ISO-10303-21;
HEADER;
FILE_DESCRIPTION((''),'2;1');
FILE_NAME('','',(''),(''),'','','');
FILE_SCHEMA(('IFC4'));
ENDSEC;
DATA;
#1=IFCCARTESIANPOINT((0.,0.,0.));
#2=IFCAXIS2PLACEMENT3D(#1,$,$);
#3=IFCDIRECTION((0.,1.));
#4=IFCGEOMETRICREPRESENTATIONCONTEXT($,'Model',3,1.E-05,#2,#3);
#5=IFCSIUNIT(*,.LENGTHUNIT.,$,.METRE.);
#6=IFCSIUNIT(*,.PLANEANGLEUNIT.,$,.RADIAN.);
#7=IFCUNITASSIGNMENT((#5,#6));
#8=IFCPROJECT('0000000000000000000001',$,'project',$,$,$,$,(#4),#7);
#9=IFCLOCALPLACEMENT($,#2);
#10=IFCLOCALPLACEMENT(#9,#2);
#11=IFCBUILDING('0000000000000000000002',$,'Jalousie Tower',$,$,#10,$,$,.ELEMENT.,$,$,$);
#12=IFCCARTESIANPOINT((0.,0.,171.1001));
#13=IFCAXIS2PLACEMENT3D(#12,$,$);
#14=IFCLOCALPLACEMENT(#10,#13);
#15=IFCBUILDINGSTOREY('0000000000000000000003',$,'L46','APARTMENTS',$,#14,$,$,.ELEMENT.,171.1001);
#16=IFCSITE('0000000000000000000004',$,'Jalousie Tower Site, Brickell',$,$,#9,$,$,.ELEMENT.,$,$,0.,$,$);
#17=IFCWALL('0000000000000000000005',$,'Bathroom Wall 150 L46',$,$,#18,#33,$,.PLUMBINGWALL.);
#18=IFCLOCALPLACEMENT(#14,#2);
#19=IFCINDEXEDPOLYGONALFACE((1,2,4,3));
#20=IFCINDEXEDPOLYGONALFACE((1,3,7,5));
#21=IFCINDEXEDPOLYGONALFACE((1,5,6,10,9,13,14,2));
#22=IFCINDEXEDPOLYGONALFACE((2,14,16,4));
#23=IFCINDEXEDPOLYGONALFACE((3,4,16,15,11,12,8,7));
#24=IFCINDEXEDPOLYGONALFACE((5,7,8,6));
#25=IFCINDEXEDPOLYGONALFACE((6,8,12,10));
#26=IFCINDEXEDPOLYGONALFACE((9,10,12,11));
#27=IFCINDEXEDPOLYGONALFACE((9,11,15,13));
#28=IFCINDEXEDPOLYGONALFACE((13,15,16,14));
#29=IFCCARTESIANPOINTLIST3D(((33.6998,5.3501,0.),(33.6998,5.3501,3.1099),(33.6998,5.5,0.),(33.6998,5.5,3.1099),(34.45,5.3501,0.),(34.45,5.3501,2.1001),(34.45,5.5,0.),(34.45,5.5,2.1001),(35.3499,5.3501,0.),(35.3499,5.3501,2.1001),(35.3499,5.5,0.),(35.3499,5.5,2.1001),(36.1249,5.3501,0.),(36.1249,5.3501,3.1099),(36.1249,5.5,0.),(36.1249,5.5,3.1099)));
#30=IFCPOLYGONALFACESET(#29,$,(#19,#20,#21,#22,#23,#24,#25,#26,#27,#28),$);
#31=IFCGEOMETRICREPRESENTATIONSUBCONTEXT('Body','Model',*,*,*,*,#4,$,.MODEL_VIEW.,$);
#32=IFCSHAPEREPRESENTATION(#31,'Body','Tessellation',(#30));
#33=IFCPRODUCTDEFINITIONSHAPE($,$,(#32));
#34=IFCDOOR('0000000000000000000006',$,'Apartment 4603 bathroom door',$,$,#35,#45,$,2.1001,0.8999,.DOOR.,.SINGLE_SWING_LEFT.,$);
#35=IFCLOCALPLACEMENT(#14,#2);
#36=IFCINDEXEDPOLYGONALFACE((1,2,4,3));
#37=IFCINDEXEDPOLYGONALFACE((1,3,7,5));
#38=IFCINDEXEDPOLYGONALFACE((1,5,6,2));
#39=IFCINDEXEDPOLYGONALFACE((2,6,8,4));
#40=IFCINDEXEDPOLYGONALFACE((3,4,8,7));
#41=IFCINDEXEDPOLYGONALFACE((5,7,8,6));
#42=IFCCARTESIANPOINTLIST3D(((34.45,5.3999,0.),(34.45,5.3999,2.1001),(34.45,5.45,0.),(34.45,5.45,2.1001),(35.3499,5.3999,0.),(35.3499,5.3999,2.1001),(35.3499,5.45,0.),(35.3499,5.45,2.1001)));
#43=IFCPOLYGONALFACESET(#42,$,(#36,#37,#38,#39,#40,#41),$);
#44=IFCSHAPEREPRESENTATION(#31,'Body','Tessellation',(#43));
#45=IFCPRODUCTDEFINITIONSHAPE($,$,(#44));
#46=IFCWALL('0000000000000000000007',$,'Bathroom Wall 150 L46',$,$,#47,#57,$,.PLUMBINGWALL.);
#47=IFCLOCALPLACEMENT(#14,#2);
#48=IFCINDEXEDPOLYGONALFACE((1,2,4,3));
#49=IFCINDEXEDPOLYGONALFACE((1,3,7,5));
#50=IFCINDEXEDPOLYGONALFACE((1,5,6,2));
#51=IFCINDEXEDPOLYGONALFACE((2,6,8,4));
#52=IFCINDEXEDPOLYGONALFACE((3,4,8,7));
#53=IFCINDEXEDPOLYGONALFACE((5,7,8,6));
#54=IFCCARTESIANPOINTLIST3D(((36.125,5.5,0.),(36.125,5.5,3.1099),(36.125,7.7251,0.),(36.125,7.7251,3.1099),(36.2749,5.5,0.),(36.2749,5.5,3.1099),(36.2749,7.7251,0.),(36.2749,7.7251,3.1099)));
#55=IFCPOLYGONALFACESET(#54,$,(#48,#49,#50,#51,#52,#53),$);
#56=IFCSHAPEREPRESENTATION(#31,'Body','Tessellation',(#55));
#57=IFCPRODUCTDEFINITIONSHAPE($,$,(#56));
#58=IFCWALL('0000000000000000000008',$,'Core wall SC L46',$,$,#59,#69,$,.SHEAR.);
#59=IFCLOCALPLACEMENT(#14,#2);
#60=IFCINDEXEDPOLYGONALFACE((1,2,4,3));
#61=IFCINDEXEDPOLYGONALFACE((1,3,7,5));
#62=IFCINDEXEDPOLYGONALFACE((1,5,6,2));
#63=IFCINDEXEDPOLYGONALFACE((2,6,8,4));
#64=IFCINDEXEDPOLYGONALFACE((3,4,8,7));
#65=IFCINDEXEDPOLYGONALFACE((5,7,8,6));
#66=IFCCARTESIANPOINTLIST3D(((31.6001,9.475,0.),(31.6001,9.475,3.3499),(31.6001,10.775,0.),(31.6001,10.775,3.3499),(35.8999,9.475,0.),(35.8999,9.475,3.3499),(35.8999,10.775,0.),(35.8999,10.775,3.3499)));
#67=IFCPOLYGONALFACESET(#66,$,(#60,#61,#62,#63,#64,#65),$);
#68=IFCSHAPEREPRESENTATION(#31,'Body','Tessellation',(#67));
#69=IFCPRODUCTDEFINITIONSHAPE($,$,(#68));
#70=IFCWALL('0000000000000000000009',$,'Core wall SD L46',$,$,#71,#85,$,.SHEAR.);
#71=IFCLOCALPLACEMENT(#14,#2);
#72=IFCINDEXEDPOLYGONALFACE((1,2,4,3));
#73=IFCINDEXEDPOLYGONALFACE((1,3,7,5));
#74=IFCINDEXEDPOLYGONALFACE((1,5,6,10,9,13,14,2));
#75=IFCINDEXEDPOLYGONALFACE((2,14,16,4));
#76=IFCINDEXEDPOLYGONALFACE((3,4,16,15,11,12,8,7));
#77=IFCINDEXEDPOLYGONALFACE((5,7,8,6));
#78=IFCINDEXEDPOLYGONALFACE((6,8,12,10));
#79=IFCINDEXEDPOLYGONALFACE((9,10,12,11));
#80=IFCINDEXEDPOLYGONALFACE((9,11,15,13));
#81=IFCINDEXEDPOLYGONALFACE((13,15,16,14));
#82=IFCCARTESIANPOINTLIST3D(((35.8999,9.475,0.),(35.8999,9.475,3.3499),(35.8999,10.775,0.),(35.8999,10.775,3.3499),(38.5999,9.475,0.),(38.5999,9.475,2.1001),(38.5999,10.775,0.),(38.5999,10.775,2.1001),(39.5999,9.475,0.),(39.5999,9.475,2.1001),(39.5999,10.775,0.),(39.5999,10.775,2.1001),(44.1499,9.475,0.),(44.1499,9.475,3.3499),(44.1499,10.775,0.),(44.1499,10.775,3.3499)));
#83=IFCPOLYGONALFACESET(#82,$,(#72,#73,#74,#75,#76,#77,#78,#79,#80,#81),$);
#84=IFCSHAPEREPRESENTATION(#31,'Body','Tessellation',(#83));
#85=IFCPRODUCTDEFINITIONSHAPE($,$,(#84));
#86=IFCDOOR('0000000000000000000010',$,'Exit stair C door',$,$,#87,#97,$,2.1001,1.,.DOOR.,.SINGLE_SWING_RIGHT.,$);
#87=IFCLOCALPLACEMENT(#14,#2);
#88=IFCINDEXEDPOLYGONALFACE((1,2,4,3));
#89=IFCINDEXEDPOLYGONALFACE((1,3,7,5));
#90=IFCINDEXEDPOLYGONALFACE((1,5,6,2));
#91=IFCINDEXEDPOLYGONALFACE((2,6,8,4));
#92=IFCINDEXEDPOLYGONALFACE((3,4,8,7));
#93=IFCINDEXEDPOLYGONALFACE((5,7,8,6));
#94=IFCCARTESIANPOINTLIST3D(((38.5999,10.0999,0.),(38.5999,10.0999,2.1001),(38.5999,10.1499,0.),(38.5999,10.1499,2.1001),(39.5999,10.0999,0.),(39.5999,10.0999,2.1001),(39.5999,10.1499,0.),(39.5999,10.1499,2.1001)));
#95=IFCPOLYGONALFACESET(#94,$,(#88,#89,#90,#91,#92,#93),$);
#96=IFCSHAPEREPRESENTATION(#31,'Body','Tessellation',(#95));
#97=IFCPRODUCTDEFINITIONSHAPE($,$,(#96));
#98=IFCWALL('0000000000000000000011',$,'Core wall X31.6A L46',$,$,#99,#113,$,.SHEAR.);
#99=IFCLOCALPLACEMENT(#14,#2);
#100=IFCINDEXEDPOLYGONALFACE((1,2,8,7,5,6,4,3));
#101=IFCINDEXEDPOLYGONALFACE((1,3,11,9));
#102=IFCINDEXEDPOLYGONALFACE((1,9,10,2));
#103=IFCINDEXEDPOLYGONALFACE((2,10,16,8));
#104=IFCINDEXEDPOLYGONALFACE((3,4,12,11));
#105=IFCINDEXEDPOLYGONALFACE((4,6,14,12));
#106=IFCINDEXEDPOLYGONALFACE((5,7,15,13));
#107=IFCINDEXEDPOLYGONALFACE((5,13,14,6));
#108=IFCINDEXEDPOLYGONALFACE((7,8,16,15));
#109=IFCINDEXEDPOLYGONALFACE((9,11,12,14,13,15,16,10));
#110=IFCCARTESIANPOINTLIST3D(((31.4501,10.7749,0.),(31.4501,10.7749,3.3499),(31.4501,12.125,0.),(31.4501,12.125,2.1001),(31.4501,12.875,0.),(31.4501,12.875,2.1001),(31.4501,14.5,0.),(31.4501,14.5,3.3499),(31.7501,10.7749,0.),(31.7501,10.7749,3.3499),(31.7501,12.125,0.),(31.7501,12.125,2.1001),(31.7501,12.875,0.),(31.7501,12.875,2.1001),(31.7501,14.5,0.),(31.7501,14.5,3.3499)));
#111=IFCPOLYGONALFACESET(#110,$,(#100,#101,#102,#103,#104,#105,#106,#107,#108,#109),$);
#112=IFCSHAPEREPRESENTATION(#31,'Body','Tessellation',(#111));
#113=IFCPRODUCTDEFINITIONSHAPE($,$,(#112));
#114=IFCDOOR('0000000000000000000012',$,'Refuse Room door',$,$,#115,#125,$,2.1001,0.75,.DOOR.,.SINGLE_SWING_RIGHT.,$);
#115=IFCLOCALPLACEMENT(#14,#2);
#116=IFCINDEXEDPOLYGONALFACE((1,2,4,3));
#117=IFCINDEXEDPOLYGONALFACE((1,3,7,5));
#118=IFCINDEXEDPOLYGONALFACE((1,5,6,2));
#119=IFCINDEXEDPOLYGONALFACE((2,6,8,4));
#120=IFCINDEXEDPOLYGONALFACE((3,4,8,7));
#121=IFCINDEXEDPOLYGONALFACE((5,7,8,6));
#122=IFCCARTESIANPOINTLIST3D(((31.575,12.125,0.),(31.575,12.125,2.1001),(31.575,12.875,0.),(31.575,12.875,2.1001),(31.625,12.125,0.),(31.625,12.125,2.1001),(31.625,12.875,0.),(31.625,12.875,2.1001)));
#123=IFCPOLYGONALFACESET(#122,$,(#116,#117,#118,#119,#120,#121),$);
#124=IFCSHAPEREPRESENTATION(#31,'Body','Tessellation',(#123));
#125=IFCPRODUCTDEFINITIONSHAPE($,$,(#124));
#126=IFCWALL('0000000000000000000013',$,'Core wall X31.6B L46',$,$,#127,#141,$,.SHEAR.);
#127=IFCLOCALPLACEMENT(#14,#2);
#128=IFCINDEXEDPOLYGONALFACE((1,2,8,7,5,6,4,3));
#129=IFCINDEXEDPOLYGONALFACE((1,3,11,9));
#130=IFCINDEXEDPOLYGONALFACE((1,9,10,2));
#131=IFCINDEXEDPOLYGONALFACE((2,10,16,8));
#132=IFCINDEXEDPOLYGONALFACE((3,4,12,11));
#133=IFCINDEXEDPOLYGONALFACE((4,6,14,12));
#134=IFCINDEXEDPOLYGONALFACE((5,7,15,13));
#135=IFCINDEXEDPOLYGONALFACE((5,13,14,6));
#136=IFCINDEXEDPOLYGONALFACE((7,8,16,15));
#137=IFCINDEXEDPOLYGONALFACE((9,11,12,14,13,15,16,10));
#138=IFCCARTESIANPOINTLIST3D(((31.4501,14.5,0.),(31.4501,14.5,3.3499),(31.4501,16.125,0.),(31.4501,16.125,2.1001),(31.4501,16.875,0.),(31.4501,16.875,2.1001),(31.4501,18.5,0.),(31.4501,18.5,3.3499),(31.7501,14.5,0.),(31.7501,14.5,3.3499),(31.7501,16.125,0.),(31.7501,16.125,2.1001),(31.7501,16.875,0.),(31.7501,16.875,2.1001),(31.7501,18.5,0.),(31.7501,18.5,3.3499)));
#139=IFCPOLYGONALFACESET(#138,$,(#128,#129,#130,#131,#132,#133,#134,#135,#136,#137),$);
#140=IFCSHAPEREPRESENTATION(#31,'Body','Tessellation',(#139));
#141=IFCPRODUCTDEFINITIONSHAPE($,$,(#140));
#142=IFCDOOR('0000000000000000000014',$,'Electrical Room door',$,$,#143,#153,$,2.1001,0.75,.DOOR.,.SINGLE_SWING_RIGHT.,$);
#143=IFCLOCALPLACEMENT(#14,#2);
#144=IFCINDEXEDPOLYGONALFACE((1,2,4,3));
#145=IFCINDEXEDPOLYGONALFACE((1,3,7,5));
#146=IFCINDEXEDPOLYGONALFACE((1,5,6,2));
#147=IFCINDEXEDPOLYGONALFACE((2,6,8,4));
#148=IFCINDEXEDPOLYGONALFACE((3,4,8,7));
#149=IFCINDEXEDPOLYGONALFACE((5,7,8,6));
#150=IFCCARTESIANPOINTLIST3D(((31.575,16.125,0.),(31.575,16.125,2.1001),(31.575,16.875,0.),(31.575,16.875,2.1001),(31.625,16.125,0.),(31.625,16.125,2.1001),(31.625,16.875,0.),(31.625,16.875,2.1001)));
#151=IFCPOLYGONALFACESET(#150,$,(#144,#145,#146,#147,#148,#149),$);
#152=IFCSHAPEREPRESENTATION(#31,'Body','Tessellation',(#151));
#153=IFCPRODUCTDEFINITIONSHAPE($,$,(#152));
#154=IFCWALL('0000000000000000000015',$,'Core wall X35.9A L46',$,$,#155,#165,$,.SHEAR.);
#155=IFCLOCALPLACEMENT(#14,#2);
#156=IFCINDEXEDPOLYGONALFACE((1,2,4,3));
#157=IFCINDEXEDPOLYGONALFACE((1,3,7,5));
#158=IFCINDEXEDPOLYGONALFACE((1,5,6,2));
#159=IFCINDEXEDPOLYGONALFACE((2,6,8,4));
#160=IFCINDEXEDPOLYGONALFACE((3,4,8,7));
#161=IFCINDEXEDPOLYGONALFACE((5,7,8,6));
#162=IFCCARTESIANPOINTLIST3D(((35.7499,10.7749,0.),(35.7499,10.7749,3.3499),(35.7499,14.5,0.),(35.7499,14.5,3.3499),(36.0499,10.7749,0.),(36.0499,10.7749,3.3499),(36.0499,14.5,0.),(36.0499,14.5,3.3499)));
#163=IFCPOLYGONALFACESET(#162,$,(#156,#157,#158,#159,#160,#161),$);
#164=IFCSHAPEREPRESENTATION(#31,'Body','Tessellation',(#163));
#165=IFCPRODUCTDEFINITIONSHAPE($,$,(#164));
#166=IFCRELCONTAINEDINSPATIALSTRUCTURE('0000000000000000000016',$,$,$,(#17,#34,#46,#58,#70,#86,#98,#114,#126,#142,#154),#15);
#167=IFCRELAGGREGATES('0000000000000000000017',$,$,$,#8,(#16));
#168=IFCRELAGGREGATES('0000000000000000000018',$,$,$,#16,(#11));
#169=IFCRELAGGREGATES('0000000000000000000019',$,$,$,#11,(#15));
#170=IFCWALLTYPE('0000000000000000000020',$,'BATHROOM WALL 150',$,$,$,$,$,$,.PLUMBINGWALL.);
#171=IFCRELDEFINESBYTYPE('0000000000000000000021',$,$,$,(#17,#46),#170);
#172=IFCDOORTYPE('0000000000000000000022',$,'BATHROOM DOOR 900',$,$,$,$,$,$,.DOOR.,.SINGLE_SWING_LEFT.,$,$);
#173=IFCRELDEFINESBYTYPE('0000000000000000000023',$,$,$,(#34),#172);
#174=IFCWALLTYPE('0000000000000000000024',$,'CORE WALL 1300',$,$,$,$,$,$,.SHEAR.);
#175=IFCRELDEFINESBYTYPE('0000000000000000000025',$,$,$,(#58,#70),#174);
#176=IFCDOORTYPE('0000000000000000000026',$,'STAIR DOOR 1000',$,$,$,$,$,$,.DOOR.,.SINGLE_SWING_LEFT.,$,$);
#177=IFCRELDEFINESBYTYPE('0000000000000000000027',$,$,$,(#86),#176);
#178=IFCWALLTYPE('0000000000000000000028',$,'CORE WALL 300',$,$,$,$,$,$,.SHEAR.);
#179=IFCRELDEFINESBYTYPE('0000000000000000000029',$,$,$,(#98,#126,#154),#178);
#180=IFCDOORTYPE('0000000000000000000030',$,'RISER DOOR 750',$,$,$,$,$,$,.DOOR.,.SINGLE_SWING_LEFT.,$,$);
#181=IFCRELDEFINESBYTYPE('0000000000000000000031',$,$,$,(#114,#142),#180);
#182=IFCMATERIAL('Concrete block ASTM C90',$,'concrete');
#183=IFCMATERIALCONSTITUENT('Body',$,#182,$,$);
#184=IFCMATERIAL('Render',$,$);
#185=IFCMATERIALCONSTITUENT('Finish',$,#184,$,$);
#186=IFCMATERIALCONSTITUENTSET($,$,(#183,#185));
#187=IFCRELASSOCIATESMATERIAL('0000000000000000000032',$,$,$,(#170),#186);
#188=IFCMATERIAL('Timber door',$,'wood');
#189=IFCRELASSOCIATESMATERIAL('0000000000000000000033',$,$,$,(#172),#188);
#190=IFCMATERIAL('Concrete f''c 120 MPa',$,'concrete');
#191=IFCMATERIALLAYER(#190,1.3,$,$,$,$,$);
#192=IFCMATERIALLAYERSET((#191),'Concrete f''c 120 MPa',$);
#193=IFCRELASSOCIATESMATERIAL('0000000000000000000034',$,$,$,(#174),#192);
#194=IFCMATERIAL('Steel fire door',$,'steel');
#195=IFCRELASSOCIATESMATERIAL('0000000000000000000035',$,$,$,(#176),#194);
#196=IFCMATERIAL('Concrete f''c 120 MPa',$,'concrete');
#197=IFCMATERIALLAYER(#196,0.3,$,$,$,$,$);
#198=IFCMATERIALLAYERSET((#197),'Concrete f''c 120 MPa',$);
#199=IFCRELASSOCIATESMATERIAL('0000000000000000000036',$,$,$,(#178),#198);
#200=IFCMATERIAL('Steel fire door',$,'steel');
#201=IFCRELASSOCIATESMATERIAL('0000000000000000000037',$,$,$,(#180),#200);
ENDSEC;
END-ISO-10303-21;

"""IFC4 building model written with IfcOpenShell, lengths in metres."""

from ifc_helpers import new_model, si_unit, direction, frame, frame_2d, origin, place, context, subcontext, project, spatial, rectangle, extrude, material, layer, layer_set, constituent, constituent_set, type_object, element, fill, save


model = new_model("IFC4")

# Units and contexts
model_context = context("Model", 3, precision=1e-05, world=origin(), true_north=direction((0.0, 1.0)))
body_context = subcontext(model_context, "Body", "Model", "MODEL_VIEW")
ifc_project = project(units=[si_unit("LENGTHUNIT", "METRE"), si_unit("PLANEANGLEUNIT", "RADIAN")], contexts=[model_context])

# Site, building, storey
site_placement = place(None, origin())
site = spatial("IfcSite", under=ifc_project, at=site_placement, Name="Jalousie Tower Site, Brickell", CompositionType="ELEMENT", RefElevation=0.0)
building_placement = place(site_placement, origin())
building = spatial("IfcBuilding", under=site, at=building_placement, Name="Jalousie Tower", CompositionType="ELEMENT")
storey_placement = place(building_placement, frame((0.0, 0.0, 171.1001)))
storey = spatial("IfcBuildingStorey", under=building, at=storey_placement, Name="L46", Description="APARTMENTS", CompositionType="ELEMENT", Elevation=171.1001)

# Wall, opening, door
ifc_material_1 = material(Name="Concrete block ASTM C90", Category="concrete")
ifc_constituent_1 = constituent(ifc_material_1, Name="Body")
ifc_material_2 = material(Name="Render")
ifc_constituent_2 = constituent(ifc_material_2, Name="Finish")
ifc_constituent_set_1 = constituent_set(constituents=[ifc_constituent_1, ifc_constituent_2])
wall_type_1 = type_object("IfcWallType", Name="BATHROOM WALL 150", PredefinedType="PLUMBINGWALL", material=ifc_constituent_set_1)
wall_1_placement = place(storey_placement, frame((33.7, 5.425, 0.0), z_axis=(0.0, 0.0, 1.0), x_axis=(1.0, 0.0, 0.0)))
wall_1 = element("IfcWall", 1, at=wall_1_placement, inside=storey, type_object=wall_type_1, Name="Bathroom Wall 150 L46", PredefinedType="PLUMBINGWALL", context=body_context, shape_type="SweptSolid", body=[
    extrude(rectangle(XDim=2.425, YDim=0.1499, at=frame_2d((1.2124, 0.0))), origin(), (0.0, 0.0, 1.0), 3.1099),
])
opening_1_placement = place(wall_1_placement, frame((0.75, 0.0, 0.0)))
opening_1 = element("IfcOpeningElement", 2, at=opening_1_placement, cuts=wall_1, PredefinedType="OPENING", context=body_context, shape_type="SweptSolid", body=[
    extrude(rectangle(XDim=0.8999, YDim=2.1001, at=frame_2d((0.45, 1.05))), frame((0.0, 0.085, 0.0), z_axis=(0.0, -1.0, 0.0), x_axis=(1.0, 0.0, 0.0)), (0.0, 0.0, 1.0), 0.1699),
])
ifc_material_3 = material(Name="Timber door", Category="wood")
door_type_1 = type_object("IfcDoorType", Name="BATHROOM DOOR 900", OperationType="SINGLE_SWING_LEFT", PredefinedType="DOOR", material=ifc_material_3)
door_1_placement = place(opening_1_placement, origin())
door_1 = element("IfcDoor", 3, at=door_1_placement, inside=storey, type_object=door_type_1, Name="Apartment 4603 bathroom door", OperationType="SINGLE_SWING_LEFT", OverallHeight=2.1001, OverallWidth=0.8999, PredefinedType="DOOR", context=body_context, shape_type="SweptSolid", body=[
    extrude(rectangle(XDim=0.8999, YDim=2.1001, at=frame_2d((0.45, 1.05))), frame((0.0, 0.0249, 0.0), z_axis=(0.0, -1.0, 0.0), x_axis=(1.0, 0.0, 0.0)), (0.0, 0.0, 1.0), 0.05),
])
fill(opening_1, door_1)

# Walls
wall_2_placement = place(storey_placement, frame((36.2, 5.5, 0.0), z_axis=(0.0, 0.0, 1.0), x_axis=(0.0, 1.0, 0.0)))
element("IfcWall", 4, at=wall_2_placement, inside=storey, type_object=wall_type_1, Name="Bathroom Wall 150 L46", PredefinedType="PLUMBINGWALL", context=body_context, shape_type="SweptSolid", body=[
    extrude(rectangle(XDim=2.2251, YDim=0.1499, at=frame_2d((1.1125, 0.0))), origin(), (0.0, 0.0, 1.0), 3.1099),
])
ifc_material_4 = material(Name="Concrete f'c 120 MPa", Category="concrete")
ifc_layer_1 = layer(ifc_material_4, 1.3)
ifc_layer_set_1 = layer_set([ifc_layer_1], Name="Concrete f'c 120 MPa")
wall_type_2 = type_object("IfcWallType", Name="CORE WALL 1300", PredefinedType="SHEAR", material=ifc_layer_set_1)
wall_3_placement = place(storey_placement, frame((31.6001, 10.125, 0.0), z_axis=(0.0, 0.0, 1.0), x_axis=(1.0, 0.0, 0.0)))
element("IfcWall", 5, at=wall_3_placement, inside=storey, type_object=wall_type_2, Name="Core wall SC L46", PredefinedType="SHEAR", context=body_context, shape_type="SweptSolid", body=[
    extrude(rectangle(XDim=4.2998, YDim=1.3, at=frame_2d((2.1499, 0.0))), origin(), (0.0, 0.0, 1.0), 3.3499),
])

# Walls, openings, doors
wall_4_placement = place(storey_placement, frame((35.8999, 10.125, 0.0), z_axis=(0.0, 0.0, 1.0), x_axis=(1.0, 0.0, 0.0)))
wall_4 = element("IfcWall", 6, at=wall_4_placement, inside=storey, type_object=wall_type_2, Name="Core wall SD L46", PredefinedType="SHEAR", context=body_context, shape_type="SweptSolid", body=[
    extrude(rectangle(XDim=8.25, YDim=1.3, at=frame_2d((4.125, 0.0))), origin(), (0.0, 0.0, 1.0), 3.3499),
])
opening_2_placement = place(wall_4_placement, frame((2.7, 0.0, 0.0)))
opening_2 = element("IfcOpeningElement", 7, at=opening_2_placement, cuts=wall_4, PredefinedType="OPENING", context=body_context, shape_type="SweptSolid", body=[
    extrude(rectangle(XDim=1.0, YDim=2.1001, at=frame_2d((0.5, 1.05))), frame((0.0, 0.6599, 0.0), z_axis=(0.0, -1.0, 0.0), x_axis=(1.0, 0.0, 0.0)), (0.0, 0.0, 1.0), 1.3201),
])
ifc_material_5 = material(Name="Steel fire door", Category="steel")
door_type_2 = type_object("IfcDoorType", Name="STAIR DOOR 1000", OperationType="SINGLE_SWING_LEFT", PredefinedType="DOOR", material=ifc_material_5)
door_2_placement = place(opening_2_placement, origin())
door_2 = element("IfcDoor", 8, at=door_2_placement, inside=storey, type_object=door_type_2, Name="Exit stair C door", OperationType="SINGLE_SWING_RIGHT", OverallHeight=2.1001, OverallWidth=1.0, PredefinedType="DOOR", context=body_context, shape_type="SweptSolid", body=[
    extrude(rectangle(XDim=1.0, YDim=2.1001, at=frame_2d((0.5, 1.05))), frame((0.0, 0.0249, 0.0), z_axis=(0.0, -1.0, 0.0), x_axis=(1.0, 0.0, 0.0)), (0.0, 0.0, 1.0), 0.05),
])
fill(opening_2, door_2)
ifc_material_6 = material(Name="Concrete f'c 120 MPa", Category="concrete")
ifc_layer_2 = layer(ifc_material_6, 0.3)
ifc_layer_set_2 = layer_set([ifc_layer_2], Name="Concrete f'c 120 MPa")
wall_type_3 = type_object("IfcWallType", Name="CORE WALL 300", PredefinedType="SHEAR", material=ifc_layer_set_2)
wall_5_placement = place(storey_placement, frame((31.6001, 10.7749, 0.0), z_axis=(0.0, 0.0, 1.0), x_axis=(0.0, 1.0, 0.0)))
wall_5 = element("IfcWall", 9, at=wall_5_placement, inside=storey, type_object=wall_type_3, Name="Core wall X31.6A L46", PredefinedType="SHEAR", context=body_context, shape_type="SweptSolid", body=[
    extrude(rectangle(XDim=3.7251, YDim=0.3, at=frame_2d((1.8625, 0.0))), origin(), (0.0, 0.0, 1.0), 3.3499),
])
opening_3_placement = place(wall_5_placement, frame((1.3501, 0.0, 0.0)))
opening_3 = element("IfcOpeningElement", 10, at=opening_3_placement, cuts=wall_5, PredefinedType="OPENING", context=body_context, shape_type="SweptSolid", body=[
    extrude(rectangle(XDim=0.75, YDim=2.1001, at=frame_2d((0.375, 1.05))), frame((0.0, 0.1599, 0.0), z_axis=(0.0, -1.0, 0.0), x_axis=(1.0, 0.0, 0.0)), (0.0, 0.0, 1.0), 0.3201),
])
ifc_material_7 = material(Name="Steel fire door", Category="steel")
door_type_3 = type_object("IfcDoorType", Name="RISER DOOR 750", OperationType="SINGLE_SWING_LEFT", PredefinedType="DOOR", material=ifc_material_7)
door_3_placement = place(opening_3_placement, frame((0.75, 0.0, 0.0), z_axis=(0.0, 0.0, 1.0), x_axis=(-1.0, 0.0, 0.0)))
door_3 = element("IfcDoor", 11, at=door_3_placement, inside=storey, type_object=door_type_3, Name="Refuse Room door", OperationType="SINGLE_SWING_RIGHT", OverallHeight=2.1001, OverallWidth=0.75, PredefinedType="DOOR", context=body_context, shape_type="SweptSolid", body=[
    extrude(rectangle(XDim=0.75, YDim=2.1001, at=frame_2d((0.375, 1.05))), frame((0.0, 0.0249, 0.0), z_axis=(0.0, -1.0, 0.0), x_axis=(1.0, 0.0, 0.0)), (0.0, 0.0, 1.0), 0.05),
])
fill(opening_3, door_3)
wall_6_placement = place(storey_placement, frame((31.6001, 14.5, 0.0), z_axis=(0.0, 0.0, 1.0), x_axis=(0.0, 1.0, 0.0)))
wall_6 = element("IfcWall", 12, at=wall_6_placement, inside=storey, type_object=wall_type_3, Name="Core wall X31.6B L46", PredefinedType="SHEAR", context=body_context, shape_type="SweptSolid", body=[
    extrude(rectangle(XDim=4.0, YDim=0.3, at=frame_2d((2.0, 0.0))), origin(), (0.0, 0.0, 1.0), 3.3499),
])
opening_4_placement = place(wall_6_placement, frame((1.625, 0.0, 0.0)))
opening_4 = element("IfcOpeningElement", 13, at=opening_4_placement, cuts=wall_6, PredefinedType="OPENING", context=body_context, shape_type="SweptSolid", body=[
    extrude(rectangle(XDim=0.75, YDim=2.1001, at=frame_2d((0.375, 1.05))), frame((0.0, 0.1599, 0.0), z_axis=(0.0, -1.0, 0.0), x_axis=(1.0, 0.0, 0.0)), (0.0, 0.0, 1.0), 0.3201),
])
door_4_placement = place(opening_4_placement, frame((0.75, 0.0, 0.0), z_axis=(0.0, 0.0, 1.0), x_axis=(-1.0, 0.0, 0.0)))
door_4 = element("IfcDoor", 14, at=door_4_placement, inside=storey, type_object=door_type_3, Name="Electrical Room door", OperationType="SINGLE_SWING_RIGHT", OverallHeight=2.1001, OverallWidth=0.75, PredefinedType="DOOR", context=body_context, shape_type="SweptSolid", body=[
    extrude(rectangle(XDim=0.75, YDim=2.1001, at=frame_2d((0.375, 1.05))), frame((0.0, 0.0249, 0.0), z_axis=(0.0, -1.0, 0.0), x_axis=(1.0, 0.0, 0.0)), (0.0, 0.0, 1.0), 0.05),
])
fill(opening_4, door_4)

# Wall
wall_7_placement = place(storey_placement, frame((35.8999, 10.7749, 0.0), z_axis=(0.0, 0.0, 1.0), x_axis=(0.0, 1.0, 0.0)))
element("IfcWall", 15, at=wall_7_placement, inside=storey, type_object=wall_type_3, Name="Core wall X35.9A L46", PredefinedType="SHEAR", context=body_context, shape_type="SweptSolid", body=[
    extrude(rectangle(XDim=3.7251, YDim=0.3, at=frame_2d((1.8625, 0.0))), origin(), (0.0, 0.0, 1.0), 3.3499),
])

save(model, "model.ifc")
